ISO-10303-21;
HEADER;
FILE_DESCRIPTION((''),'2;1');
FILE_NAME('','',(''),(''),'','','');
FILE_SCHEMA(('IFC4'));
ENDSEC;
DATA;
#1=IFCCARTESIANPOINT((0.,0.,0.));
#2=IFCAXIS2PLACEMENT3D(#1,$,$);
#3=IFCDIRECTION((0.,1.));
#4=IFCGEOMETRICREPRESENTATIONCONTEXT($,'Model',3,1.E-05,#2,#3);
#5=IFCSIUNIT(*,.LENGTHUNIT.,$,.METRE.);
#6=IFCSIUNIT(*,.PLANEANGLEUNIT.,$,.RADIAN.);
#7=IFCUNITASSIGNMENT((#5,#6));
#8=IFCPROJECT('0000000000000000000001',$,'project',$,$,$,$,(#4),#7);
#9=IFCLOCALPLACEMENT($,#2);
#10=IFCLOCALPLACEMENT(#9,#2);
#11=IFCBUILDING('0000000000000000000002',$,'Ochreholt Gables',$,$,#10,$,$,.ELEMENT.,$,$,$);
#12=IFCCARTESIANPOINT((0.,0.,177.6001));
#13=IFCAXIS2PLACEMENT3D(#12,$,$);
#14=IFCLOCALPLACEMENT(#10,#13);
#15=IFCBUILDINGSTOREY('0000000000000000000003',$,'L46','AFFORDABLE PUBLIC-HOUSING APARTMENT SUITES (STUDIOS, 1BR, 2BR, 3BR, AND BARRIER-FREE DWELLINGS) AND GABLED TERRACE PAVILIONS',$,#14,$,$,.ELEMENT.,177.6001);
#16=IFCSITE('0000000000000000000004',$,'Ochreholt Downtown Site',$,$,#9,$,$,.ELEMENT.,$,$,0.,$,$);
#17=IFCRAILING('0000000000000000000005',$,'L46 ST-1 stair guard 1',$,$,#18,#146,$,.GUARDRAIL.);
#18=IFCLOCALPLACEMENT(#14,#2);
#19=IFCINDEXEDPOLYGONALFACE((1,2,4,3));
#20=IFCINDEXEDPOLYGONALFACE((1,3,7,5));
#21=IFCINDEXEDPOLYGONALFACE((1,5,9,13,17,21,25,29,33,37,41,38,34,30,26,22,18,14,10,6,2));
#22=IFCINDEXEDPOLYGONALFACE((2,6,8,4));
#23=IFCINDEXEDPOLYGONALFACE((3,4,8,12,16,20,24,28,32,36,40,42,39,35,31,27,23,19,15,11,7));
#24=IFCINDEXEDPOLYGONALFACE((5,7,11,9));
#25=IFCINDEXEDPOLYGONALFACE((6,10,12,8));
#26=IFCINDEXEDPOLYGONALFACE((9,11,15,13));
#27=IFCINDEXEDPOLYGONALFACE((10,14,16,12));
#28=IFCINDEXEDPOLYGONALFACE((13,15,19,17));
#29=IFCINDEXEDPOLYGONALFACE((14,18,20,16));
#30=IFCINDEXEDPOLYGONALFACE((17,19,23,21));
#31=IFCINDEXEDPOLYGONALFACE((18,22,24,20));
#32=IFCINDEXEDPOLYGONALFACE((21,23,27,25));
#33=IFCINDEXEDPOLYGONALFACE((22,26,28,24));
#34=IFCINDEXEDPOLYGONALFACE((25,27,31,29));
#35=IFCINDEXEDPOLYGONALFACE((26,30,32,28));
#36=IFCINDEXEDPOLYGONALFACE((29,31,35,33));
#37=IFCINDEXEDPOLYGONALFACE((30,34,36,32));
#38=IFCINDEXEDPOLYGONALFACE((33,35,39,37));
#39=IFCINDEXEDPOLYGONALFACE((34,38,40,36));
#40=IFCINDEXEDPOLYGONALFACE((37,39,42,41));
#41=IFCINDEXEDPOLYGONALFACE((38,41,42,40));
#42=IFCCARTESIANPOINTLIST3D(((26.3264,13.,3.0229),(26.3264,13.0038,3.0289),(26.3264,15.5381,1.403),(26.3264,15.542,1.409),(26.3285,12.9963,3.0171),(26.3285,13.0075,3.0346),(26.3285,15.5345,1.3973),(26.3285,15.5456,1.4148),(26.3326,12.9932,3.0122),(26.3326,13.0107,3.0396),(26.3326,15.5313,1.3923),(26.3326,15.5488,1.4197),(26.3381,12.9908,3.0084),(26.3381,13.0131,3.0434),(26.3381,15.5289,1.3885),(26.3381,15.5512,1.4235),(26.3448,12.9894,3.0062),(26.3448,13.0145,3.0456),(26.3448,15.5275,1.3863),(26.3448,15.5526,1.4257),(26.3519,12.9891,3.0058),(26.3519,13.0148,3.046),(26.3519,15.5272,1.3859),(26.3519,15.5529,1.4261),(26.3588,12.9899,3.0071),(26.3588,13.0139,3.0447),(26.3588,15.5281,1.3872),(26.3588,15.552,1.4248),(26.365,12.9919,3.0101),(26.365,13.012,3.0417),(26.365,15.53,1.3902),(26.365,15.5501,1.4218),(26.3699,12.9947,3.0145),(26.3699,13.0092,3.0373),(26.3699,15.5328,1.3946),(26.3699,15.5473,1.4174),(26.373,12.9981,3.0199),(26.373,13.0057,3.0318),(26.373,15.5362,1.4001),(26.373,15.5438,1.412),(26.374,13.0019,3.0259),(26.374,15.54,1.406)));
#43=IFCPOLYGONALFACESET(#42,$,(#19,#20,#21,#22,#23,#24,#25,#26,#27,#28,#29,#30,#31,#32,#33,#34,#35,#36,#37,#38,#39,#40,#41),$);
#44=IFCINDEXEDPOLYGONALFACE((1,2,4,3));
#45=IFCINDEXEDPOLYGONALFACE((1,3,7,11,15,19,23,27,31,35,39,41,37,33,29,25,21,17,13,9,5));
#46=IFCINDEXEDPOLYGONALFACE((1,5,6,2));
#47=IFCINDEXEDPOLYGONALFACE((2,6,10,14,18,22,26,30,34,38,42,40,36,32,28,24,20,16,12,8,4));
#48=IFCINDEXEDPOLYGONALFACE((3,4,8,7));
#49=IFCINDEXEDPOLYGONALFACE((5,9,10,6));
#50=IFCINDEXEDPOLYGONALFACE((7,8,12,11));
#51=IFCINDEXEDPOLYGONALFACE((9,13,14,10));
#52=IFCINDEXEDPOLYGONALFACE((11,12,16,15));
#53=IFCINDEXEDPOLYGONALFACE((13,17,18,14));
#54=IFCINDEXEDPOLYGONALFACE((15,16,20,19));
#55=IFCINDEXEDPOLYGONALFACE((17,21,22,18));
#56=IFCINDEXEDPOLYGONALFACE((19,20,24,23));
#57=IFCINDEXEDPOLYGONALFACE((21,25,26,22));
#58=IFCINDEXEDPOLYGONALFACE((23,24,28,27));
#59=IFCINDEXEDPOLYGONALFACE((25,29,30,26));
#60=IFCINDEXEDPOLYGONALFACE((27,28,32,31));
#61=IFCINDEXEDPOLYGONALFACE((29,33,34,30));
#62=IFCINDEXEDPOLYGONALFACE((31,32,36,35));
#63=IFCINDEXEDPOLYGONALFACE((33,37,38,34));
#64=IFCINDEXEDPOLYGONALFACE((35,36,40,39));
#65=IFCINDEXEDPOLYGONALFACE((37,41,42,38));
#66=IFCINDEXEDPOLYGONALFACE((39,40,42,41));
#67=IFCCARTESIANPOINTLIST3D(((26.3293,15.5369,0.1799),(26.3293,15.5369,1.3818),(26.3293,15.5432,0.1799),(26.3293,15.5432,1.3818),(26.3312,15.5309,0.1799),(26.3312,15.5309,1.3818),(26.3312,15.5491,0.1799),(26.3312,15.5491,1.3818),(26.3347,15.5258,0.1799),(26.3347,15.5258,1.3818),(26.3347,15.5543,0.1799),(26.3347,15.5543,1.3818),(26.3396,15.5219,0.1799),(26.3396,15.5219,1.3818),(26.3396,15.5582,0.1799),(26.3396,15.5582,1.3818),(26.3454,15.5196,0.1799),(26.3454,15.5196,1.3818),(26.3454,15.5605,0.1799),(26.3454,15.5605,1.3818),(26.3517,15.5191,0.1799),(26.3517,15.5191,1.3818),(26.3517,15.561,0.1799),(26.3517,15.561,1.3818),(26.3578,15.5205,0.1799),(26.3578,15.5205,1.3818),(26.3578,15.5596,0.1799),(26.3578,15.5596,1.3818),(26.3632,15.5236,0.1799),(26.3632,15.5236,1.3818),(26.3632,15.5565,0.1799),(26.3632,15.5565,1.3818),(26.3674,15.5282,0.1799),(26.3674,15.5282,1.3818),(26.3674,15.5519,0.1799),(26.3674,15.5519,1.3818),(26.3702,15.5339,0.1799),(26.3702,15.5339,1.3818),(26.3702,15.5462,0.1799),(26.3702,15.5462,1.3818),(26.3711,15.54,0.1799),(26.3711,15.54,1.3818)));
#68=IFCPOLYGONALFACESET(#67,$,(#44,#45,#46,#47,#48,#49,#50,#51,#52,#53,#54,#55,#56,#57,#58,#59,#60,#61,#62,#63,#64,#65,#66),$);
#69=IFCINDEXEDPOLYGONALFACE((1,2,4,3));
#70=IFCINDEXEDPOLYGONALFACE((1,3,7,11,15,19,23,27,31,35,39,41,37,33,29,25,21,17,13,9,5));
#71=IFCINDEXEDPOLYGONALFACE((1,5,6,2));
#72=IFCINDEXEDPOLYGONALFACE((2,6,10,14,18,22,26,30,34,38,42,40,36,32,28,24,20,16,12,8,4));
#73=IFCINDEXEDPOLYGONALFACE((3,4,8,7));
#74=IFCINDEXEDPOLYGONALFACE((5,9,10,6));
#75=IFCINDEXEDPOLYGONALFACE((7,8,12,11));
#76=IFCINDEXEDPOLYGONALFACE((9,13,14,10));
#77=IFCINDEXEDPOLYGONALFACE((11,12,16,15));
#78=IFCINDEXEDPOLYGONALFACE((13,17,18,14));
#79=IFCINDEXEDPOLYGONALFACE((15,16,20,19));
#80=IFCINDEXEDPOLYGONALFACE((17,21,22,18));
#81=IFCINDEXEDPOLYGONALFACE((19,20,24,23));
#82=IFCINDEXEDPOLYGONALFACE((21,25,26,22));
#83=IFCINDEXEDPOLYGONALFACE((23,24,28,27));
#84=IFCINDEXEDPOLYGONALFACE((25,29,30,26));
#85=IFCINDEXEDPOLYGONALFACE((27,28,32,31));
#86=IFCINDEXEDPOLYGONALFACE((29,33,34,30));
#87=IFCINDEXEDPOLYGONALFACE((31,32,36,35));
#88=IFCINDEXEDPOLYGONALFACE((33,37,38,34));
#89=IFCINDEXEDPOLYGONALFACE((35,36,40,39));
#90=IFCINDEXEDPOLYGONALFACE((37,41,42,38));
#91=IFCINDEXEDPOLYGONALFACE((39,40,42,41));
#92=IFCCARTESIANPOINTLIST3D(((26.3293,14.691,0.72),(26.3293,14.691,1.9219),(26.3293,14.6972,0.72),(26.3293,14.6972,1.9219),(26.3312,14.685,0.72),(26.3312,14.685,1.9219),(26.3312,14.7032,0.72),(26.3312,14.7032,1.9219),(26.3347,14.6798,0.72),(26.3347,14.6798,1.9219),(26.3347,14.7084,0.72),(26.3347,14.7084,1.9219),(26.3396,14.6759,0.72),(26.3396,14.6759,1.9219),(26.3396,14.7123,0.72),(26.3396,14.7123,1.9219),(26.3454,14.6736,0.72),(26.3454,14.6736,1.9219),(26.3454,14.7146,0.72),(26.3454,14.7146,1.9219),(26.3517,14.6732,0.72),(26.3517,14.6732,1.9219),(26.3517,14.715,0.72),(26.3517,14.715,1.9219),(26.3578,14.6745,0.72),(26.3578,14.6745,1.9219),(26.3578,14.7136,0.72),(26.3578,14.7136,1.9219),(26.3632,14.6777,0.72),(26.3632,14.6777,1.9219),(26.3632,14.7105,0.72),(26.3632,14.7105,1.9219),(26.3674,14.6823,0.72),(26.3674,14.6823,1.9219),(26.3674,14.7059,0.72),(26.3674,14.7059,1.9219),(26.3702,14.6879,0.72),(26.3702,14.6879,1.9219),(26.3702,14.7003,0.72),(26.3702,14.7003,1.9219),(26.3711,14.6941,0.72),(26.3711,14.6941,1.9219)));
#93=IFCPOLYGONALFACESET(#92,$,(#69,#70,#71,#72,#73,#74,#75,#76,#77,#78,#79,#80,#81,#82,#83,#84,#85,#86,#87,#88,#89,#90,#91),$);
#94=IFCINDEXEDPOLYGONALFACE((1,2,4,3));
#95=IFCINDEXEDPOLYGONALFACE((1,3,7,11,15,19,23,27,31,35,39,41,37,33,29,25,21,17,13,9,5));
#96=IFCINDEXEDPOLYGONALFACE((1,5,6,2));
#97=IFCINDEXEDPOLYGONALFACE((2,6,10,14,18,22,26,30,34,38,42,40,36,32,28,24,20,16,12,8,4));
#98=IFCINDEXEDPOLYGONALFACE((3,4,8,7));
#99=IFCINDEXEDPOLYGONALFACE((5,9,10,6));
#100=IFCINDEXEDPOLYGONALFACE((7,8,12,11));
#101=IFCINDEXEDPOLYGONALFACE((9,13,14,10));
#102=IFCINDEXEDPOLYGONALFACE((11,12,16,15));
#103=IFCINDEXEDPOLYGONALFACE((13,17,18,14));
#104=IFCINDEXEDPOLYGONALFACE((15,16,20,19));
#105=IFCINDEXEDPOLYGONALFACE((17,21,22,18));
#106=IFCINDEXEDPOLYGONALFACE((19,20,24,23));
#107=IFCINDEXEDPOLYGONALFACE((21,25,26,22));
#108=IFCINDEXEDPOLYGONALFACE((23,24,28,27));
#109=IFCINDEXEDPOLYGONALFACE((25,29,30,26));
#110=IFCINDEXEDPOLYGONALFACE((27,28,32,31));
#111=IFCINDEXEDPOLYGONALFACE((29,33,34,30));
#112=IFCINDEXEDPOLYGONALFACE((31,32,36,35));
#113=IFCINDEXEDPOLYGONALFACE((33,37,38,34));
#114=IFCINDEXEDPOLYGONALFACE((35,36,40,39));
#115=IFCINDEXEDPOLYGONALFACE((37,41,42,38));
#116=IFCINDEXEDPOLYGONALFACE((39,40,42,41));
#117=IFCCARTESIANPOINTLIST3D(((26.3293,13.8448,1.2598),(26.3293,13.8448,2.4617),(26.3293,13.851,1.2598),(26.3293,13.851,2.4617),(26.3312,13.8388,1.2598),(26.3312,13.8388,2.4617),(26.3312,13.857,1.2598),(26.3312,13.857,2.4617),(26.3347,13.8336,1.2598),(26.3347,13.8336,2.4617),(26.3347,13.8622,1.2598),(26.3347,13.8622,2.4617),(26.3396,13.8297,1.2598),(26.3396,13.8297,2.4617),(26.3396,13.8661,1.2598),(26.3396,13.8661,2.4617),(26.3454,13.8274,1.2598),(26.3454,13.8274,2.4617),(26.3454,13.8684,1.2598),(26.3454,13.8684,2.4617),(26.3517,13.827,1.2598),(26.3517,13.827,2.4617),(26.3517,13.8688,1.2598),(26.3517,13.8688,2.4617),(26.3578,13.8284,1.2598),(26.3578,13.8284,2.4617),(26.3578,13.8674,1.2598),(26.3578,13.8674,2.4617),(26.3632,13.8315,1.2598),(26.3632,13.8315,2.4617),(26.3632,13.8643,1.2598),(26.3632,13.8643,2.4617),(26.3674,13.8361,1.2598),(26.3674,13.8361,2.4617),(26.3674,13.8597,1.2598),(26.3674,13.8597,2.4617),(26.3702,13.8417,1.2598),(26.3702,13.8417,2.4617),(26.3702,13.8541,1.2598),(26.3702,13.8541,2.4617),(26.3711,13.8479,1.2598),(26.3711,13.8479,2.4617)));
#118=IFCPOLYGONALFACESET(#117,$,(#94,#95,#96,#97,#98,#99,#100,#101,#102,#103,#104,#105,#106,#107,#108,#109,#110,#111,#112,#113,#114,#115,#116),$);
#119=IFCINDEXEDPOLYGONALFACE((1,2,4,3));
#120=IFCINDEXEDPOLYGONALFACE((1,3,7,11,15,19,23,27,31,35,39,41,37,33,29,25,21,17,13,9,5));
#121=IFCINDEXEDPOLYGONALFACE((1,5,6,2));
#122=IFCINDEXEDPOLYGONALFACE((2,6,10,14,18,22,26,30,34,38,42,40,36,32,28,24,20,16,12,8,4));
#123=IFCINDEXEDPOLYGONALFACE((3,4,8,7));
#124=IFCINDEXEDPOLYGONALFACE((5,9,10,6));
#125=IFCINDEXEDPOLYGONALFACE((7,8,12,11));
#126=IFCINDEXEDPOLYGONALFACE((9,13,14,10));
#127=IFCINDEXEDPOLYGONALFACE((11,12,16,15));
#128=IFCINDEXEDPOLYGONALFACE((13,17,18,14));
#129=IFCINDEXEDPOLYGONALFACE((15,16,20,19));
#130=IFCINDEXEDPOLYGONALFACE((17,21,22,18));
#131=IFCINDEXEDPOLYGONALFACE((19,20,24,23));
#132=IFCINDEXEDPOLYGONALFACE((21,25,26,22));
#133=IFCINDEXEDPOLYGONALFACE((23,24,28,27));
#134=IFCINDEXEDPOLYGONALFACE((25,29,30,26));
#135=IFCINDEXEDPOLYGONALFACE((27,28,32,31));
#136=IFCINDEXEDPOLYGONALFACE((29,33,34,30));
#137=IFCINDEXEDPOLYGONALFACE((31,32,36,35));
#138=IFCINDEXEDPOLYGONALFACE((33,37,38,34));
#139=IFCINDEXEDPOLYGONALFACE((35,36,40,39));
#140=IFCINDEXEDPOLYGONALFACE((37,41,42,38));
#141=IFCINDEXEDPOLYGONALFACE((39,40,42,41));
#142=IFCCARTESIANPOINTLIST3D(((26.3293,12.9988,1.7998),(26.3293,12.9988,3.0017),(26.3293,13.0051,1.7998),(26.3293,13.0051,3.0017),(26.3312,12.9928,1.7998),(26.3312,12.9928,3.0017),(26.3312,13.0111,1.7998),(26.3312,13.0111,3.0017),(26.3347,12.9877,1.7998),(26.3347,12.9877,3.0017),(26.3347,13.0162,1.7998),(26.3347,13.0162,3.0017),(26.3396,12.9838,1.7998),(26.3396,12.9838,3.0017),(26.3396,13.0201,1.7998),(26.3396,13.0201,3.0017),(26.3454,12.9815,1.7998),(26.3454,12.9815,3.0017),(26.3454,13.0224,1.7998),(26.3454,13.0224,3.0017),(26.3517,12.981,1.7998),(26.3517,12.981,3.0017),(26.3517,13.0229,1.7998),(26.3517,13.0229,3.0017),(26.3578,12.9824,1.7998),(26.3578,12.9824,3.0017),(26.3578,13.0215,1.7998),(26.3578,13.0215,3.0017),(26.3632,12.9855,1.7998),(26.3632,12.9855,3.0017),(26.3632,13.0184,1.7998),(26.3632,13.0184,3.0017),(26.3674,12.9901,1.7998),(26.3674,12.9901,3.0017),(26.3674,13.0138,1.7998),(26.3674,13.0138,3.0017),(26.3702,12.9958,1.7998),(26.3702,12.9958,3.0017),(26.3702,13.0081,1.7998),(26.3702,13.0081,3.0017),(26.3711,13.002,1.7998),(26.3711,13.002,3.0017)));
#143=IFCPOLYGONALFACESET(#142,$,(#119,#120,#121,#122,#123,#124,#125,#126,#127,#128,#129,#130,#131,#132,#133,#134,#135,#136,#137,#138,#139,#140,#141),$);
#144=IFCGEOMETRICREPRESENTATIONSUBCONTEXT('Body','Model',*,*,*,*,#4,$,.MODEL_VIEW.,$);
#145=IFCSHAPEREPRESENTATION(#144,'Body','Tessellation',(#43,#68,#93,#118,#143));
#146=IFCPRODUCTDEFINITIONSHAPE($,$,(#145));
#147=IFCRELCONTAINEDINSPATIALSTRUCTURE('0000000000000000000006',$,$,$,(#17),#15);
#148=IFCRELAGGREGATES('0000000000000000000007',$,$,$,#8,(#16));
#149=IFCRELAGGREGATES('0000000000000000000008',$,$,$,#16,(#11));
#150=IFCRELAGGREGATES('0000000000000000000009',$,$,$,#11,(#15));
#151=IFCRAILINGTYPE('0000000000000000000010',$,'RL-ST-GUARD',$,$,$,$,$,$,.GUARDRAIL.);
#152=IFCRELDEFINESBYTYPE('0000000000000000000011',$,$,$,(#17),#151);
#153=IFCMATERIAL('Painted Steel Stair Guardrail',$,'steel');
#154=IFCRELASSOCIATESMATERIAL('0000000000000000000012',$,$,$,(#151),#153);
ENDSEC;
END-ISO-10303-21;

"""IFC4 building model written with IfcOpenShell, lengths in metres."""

from ifc_helpers import new_model, si_unit, direction, frame, origin, origin_2d, place, context, subcontext, project, spatial, circle, extrude, material, type_object, element, save


model = new_model("IFC4")

# Units and contexts
model_context = context("Model", 3, precision=1e-05, world=origin(), true_north=direction((0.0, 1.0)))
body_context = subcontext(model_context, "Body", "Model", "MODEL_VIEW")
ifc_project = project(units=[si_unit("LENGTHUNIT", "METRE"), si_unit("PLANEANGLEUNIT", "RADIAN")], contexts=[model_context])

# Site, building, storey
site_placement = place(None, origin())
site = spatial("IfcSite", under=ifc_project, at=site_placement, Name="Ochreholt Downtown Site", CompositionType="ELEMENT", RefElevation=0.0)
building_placement = place(site_placement, origin())
building = spatial("IfcBuilding", under=site, at=building_placement, Name="Ochreholt Gables", CompositionType="ELEMENT")
storey_placement = place(building_placement, frame((0.0, 0.0, 177.6001)))
storey = spatial("IfcBuildingStorey", under=building, at=storey_placement, Name="L46", Description="AFFORDABLE PUBLIC-HOUSING APARTMENT SUITES (STUDIOS, 1BR, 2BR, 3BR, AND BARRIER-FREE DWELLINGS) AND GABLED TERRACE PAVILIONS", CompositionType="ELEMENT", Elevation=177.6001)

# Railing
ifc_material_1 = material(Name="Painted Steel Stair Guardrail", Category="steel")
railing_type_1 = type_object("IfcRailingType", Name="RL-ST-GUARD", PredefinedType="GUARDRAIL", material=ifc_material_1)
railing_1_placement = place(storey_placement, frame((26.3501, 15.54, 0.1799)))
element("IfcRailing", 1, at=railing_1_placement, inside=storey, type_object=railing_type_1, Name="L46 ST-1 stair guard 1", PredefinedType="GUARDRAIL", context=body_context, shape_type="SweptSolid", body=[
    extrude(circle(Radius=0.0239, at=origin_2d()), frame((0.0, 0.0, 1.2261), z_axis=(0.0, -0.84295, 0.537993), x_axis=(1.0, 0.0, 0.0)), (0.0, 0.0, 1.0), 3.011),
    extrude(circle(Radius=0.021, at=origin_2d()), origin(), (0.0, 0.0, 1.0), 1.2019),
    extrude(circle(Radius=0.021, at=origin_2d()), frame((0.0, -0.8459, 0.54)), (0.0, 0.0, 1.0), 1.2019),
    extrude(circle(Radius=0.021, at=origin_2d()), frame((0.0, -1.6921, 1.0798)), (0.0, 0.0, 1.0), 1.2019),
    extrude(circle(Radius=0.021, at=origin_2d()), frame((0.0, -2.5381, 1.6199)), (0.0, 0.0, 1.0), 1.2019),
])

save(model, "model.ifc")
